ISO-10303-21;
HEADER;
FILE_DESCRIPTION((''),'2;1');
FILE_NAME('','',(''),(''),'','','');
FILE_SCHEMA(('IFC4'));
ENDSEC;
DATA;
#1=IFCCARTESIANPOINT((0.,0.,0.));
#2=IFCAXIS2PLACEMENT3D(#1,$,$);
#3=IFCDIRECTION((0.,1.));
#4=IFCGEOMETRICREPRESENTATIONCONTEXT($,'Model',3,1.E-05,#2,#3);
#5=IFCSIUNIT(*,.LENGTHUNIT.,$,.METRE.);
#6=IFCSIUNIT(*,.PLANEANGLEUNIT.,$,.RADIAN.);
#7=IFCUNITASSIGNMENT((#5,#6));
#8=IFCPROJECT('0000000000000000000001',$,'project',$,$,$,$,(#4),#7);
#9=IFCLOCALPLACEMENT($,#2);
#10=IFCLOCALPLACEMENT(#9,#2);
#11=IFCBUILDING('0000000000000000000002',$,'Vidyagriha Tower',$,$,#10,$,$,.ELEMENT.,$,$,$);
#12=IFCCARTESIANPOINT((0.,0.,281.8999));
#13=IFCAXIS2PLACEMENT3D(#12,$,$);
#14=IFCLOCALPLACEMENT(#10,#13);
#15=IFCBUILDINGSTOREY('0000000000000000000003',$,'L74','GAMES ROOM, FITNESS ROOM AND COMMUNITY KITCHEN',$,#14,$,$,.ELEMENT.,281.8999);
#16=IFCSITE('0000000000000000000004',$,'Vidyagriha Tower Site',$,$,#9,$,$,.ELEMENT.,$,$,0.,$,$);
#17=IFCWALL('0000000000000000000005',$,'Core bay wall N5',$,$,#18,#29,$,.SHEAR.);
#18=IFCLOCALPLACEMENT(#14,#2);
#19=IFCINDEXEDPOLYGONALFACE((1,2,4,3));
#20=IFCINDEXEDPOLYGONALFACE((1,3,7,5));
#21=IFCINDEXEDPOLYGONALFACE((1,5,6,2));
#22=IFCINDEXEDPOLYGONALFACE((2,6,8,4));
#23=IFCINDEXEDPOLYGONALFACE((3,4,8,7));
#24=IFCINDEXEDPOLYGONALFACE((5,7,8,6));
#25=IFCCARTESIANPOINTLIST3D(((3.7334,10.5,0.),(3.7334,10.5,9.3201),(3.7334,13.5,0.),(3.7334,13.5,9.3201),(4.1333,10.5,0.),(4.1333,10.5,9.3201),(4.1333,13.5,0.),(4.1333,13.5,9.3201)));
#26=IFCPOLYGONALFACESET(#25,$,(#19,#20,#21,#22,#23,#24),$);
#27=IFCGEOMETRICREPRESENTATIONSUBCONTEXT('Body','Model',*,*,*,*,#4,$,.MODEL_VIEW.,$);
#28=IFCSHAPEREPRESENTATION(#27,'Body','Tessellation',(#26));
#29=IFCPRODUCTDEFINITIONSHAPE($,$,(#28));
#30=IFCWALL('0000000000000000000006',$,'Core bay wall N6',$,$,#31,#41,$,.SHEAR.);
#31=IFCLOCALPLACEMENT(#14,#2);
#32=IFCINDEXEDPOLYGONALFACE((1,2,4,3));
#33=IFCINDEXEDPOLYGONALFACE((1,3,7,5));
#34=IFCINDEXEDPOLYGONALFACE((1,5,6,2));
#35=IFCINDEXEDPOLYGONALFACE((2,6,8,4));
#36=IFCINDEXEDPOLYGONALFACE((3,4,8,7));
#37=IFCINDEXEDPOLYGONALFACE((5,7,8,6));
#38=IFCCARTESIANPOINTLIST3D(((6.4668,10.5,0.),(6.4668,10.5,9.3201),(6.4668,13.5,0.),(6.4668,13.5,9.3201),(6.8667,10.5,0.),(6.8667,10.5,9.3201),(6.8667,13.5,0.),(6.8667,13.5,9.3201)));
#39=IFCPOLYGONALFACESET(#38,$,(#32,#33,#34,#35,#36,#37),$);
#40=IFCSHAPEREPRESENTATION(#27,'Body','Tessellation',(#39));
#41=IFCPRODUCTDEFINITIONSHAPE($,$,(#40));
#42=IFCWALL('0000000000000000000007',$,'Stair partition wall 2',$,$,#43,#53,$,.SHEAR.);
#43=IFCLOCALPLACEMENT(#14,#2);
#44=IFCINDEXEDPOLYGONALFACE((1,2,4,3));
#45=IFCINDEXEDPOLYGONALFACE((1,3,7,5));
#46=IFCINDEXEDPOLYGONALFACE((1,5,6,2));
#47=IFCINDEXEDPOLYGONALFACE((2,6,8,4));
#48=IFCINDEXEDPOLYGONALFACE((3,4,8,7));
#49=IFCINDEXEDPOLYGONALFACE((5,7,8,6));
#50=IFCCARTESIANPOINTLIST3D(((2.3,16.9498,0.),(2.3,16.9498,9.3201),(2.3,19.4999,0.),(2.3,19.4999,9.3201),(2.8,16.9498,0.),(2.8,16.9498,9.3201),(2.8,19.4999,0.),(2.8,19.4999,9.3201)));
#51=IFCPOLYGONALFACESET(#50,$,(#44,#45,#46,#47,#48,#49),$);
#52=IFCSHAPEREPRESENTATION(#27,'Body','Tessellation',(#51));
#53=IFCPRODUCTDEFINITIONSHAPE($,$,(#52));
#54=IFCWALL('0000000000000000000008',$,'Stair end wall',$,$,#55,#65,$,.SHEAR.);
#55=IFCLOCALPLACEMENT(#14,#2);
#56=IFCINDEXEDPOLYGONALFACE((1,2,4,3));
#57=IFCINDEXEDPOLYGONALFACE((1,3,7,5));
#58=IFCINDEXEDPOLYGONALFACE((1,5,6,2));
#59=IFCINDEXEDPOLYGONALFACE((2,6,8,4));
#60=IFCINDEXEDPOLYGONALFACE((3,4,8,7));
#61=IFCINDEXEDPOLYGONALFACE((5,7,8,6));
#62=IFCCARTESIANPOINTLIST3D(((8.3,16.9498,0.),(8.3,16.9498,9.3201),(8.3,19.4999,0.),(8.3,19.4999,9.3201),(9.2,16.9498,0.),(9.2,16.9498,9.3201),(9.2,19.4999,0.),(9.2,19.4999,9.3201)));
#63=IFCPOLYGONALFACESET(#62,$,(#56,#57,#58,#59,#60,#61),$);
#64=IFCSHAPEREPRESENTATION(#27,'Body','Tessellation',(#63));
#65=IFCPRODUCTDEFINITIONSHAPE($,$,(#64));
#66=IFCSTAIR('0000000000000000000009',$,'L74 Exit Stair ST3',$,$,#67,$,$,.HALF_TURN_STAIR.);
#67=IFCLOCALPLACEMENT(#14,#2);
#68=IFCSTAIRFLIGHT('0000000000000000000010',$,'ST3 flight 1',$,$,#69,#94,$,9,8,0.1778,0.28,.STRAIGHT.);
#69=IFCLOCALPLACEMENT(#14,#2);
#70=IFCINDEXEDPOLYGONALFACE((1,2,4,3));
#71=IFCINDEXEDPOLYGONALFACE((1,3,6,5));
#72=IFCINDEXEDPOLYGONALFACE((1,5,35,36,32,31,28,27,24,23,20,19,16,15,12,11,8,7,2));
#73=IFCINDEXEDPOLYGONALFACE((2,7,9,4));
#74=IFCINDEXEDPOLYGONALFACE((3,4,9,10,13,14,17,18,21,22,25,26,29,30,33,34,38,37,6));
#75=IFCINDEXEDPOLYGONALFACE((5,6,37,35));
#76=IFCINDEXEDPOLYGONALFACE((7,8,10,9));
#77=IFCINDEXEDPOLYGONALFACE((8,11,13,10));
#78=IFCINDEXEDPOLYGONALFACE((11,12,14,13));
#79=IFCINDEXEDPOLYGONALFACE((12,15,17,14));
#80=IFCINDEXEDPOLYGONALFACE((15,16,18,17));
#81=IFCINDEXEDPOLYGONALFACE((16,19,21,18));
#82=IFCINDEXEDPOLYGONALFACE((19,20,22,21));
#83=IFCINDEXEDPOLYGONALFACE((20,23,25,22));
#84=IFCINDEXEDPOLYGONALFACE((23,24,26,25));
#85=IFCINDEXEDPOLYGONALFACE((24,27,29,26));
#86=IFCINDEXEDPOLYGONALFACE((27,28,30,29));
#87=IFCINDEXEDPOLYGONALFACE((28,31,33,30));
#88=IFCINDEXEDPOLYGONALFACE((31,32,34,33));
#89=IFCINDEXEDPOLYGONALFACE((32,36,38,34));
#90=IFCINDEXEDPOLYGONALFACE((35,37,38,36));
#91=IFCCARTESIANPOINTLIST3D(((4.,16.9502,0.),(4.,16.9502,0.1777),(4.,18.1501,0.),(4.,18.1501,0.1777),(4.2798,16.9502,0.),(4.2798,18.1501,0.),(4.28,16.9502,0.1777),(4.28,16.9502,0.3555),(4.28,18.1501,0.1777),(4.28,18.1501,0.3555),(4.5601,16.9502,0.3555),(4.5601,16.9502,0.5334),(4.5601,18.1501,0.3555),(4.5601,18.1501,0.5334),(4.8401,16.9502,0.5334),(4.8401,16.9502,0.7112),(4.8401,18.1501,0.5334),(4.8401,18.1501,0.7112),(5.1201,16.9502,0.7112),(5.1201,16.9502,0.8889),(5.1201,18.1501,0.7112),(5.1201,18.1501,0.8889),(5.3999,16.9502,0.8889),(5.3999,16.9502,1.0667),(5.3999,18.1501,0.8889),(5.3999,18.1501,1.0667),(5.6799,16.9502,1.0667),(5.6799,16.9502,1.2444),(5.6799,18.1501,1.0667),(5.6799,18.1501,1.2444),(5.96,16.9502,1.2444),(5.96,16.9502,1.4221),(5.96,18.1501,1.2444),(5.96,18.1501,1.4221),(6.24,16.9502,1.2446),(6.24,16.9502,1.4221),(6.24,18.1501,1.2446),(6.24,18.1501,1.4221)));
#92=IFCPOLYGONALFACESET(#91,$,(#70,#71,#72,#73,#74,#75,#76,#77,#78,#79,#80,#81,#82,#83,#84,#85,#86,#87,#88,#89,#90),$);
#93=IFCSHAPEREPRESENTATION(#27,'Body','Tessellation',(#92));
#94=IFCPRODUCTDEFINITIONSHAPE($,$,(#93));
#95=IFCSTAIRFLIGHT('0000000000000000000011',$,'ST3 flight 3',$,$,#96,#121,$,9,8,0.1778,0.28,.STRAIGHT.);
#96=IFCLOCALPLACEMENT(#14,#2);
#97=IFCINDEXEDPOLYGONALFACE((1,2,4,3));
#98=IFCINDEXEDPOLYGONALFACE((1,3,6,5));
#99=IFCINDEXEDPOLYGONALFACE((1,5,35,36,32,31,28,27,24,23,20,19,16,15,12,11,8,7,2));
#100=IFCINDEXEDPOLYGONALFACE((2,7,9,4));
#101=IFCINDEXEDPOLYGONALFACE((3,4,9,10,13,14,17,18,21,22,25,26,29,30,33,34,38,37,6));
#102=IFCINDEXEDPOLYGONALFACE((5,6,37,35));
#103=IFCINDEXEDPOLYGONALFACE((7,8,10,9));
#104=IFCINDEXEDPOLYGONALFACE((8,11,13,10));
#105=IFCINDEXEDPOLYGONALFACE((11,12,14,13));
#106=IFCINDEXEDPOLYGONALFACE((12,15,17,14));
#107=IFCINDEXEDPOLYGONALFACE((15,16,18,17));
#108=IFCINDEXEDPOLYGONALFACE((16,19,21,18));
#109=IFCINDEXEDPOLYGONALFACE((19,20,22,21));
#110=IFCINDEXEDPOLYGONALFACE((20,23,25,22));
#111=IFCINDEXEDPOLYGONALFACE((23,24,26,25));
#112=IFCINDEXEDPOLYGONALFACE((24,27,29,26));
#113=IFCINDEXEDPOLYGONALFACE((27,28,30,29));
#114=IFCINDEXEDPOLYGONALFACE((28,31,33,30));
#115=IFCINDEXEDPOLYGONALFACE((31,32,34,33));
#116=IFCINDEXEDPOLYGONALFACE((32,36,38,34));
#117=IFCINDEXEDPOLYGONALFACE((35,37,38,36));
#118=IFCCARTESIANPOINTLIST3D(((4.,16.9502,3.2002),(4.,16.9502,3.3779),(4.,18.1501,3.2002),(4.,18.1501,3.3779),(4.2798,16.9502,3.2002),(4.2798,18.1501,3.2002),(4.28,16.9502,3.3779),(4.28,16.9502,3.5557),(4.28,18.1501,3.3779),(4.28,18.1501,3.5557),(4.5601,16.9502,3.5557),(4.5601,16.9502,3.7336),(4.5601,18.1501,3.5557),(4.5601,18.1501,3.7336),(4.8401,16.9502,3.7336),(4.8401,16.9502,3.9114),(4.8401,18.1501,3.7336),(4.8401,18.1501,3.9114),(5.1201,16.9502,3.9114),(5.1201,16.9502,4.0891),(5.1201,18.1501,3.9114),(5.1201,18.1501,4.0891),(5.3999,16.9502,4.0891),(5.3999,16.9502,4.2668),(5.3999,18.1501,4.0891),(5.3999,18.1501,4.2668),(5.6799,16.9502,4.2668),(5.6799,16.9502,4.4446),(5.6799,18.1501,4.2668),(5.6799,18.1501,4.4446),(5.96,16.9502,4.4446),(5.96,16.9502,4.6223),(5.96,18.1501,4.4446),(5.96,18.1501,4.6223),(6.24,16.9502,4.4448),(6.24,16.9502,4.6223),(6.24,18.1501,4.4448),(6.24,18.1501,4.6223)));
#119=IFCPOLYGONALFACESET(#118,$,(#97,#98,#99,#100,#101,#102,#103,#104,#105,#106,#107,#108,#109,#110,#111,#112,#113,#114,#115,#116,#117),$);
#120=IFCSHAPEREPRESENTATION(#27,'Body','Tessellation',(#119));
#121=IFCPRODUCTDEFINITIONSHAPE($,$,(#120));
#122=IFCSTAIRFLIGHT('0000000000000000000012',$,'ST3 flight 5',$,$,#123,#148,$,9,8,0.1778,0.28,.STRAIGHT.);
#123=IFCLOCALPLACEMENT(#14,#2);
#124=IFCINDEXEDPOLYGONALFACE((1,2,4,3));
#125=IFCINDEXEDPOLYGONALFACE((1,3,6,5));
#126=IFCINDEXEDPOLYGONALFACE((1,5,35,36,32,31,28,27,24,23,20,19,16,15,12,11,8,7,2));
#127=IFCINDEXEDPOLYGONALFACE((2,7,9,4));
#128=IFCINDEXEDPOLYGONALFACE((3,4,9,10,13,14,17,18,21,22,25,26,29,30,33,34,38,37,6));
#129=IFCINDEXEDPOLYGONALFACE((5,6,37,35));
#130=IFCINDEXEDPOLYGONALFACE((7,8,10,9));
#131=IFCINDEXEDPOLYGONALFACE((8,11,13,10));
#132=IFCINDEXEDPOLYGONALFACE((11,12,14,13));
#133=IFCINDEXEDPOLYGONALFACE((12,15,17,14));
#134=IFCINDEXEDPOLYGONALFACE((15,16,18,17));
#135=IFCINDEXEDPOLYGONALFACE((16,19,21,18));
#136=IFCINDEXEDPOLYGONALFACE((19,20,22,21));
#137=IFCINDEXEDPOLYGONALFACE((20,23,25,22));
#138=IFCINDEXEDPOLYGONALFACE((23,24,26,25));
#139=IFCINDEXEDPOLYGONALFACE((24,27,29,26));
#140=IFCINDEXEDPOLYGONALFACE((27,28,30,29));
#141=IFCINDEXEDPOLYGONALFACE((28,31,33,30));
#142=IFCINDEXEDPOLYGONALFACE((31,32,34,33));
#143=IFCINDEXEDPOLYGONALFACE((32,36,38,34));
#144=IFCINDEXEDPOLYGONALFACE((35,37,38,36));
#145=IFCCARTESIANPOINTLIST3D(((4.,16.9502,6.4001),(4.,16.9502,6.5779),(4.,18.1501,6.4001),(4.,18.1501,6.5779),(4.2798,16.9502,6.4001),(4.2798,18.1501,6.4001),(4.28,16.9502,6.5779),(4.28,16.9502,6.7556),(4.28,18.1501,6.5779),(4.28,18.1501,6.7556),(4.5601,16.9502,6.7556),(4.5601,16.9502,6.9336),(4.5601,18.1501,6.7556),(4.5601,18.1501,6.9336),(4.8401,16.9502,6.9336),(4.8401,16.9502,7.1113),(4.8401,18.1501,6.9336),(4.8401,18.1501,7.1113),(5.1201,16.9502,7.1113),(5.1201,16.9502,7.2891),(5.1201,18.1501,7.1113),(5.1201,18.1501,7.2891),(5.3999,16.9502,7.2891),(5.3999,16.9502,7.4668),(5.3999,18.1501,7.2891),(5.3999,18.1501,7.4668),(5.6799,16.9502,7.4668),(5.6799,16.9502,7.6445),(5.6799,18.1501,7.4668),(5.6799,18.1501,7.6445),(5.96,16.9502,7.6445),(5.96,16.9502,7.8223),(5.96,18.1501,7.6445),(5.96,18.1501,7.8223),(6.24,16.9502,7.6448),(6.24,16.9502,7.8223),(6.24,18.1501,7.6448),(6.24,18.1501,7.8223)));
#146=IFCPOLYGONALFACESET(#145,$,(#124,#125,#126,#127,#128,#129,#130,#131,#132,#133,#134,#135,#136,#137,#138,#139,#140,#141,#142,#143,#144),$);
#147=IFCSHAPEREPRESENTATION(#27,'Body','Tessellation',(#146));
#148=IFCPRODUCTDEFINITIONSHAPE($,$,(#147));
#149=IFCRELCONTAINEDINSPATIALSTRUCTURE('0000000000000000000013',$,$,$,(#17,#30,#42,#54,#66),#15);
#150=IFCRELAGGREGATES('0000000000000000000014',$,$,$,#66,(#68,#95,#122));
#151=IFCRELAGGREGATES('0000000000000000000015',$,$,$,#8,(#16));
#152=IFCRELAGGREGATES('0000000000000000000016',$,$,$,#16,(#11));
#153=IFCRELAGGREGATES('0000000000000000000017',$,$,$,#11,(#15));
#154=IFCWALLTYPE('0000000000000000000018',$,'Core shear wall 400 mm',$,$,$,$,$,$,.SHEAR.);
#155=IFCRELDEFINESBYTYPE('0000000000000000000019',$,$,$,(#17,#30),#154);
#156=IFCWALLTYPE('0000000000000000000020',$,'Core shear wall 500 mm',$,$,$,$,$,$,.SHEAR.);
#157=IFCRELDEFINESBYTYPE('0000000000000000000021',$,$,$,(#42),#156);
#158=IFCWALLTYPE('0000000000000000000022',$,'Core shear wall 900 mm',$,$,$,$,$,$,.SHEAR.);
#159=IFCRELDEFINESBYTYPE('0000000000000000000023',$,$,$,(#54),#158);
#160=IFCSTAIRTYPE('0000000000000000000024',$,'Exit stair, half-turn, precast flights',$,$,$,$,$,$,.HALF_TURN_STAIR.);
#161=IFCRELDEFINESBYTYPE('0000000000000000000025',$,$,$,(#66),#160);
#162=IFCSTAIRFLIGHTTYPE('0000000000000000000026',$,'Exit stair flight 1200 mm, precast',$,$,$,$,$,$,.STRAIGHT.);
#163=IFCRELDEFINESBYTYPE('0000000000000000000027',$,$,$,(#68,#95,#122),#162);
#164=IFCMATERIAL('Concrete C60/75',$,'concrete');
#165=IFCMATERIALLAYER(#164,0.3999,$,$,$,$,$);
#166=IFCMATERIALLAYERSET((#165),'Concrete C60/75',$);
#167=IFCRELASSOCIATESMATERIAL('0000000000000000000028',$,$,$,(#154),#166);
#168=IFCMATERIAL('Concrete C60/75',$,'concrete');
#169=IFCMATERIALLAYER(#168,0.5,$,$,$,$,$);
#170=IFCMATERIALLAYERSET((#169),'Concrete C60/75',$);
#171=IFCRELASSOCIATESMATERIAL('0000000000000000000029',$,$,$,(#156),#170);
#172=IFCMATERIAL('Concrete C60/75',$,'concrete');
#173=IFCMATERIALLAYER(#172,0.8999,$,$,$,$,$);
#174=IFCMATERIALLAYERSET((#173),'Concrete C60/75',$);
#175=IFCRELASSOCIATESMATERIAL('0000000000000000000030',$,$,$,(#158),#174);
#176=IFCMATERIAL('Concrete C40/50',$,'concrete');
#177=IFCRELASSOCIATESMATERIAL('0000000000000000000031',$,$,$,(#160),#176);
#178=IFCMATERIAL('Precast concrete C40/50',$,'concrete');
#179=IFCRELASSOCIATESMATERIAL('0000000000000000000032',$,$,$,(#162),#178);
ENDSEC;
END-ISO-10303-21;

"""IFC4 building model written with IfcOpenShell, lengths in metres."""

from ifc_helpers import new_model, si_unit, direction, frame, frame_2d, origin, place, context, subcontext, project, spatial, polyline, rectangle, outline, extrude, material, layer, layer_set, type_object, element, aggregate, save


model = new_model("IFC4")

# Units and contexts
model_context = context("Model", 3, precision=1e-05, world=origin(), true_north=direction((0.0, 1.0)))
body_context = subcontext(model_context, "Body", "Model", "MODEL_VIEW")
ifc_project = project(units=[si_unit("LENGTHUNIT", "METRE"), si_unit("PLANEANGLEUNIT", "RADIAN")], contexts=[model_context])

# Site, building, storey
site_placement = place(None, origin())
site = spatial("IfcSite", under=ifc_project, at=site_placement, Name="Vidyagriha Tower Site", CompositionType="ELEMENT", RefElevation=0.0)
building_placement = place(site_placement, origin())
building = spatial("IfcBuilding", under=site, at=building_placement, Name="Vidyagriha Tower", CompositionType="ELEMENT")
storey_placement = place(building_placement, frame((0.0, 0.0, 281.8999)))
storey = spatial("IfcBuildingStorey", under=building, at=storey_placement, Name="L74", Description="GAMES ROOM, FITNESS ROOM AND COMMUNITY KITCHEN", CompositionType="ELEMENT", Elevation=281.8999)

# Shared definitions
ifc_material_1 = material(Name="Concrete C60/75", Category="concrete")
ifc_layer_1 = layer(ifc_material_1, 0.3999)
ifc_layer_set_1 = layer_set([ifc_layer_1], Name="Concrete C60/75")
wall_type_1 = type_object("IfcWallType", Name="Core shear wall 400 mm", PredefinedType="SHEAR", material=ifc_layer_set_1)

# Walls
for number, where, z_axis, x_axis, name in (
    (1, (3.9333, 10.5, 0.0), (0.0, 0.0, 1.0), (0.0, 1.0, 0.0), "Core bay wall N5"),
    (2, (6.6667, 10.5, 0.0), (0.0, 0.0, 1.0), (0.0, 1.0, 0.0), "Core bay wall N6"),
):
    element("IfcWall", number, at=place(storey_placement, frame(where, z_axis=z_axis, x_axis=x_axis)), inside=storey, type_object=wall_type_1, Name=name, PredefinedType="SHEAR", context=body_context, shape_type="SweptSolid", body=[
        extrude(rectangle(XDim=3.0, YDim=0.3999, at=frame_2d((1.5, 0.0))), origin(), (0.0, 0.0, 1.0), 9.3201),
    ])
ifc_material_2 = material(Name="Concrete C60/75", Category="concrete")
ifc_layer_2 = layer(ifc_material_2, 0.5)
ifc_layer_set_2 = layer_set([ifc_layer_2], Name="Concrete C60/75")
wall_type_2 = type_object("IfcWallType", Name="Core shear wall 500 mm", PredefinedType="SHEAR", material=ifc_layer_set_2)
wall_1_placement = place(storey_placement, frame((2.55, 16.95, 0.0), z_axis=(0.0, 0.0, 1.0), x_axis=(0.0, 1.0, 0.0)))
element("IfcWall", 3, at=wall_1_placement, inside=storey, type_object=wall_type_2, Name="Stair partition wall 2", PredefinedType="SHEAR", context=body_context, shape_type="SweptSolid", body=[
    extrude(rectangle(XDim=2.55, YDim=0.5, at=frame_2d((1.2749, 0.0))), origin(), (0.0, 0.0, 1.0), 9.3201),
])
ifc_material_3 = material(Name="Concrete C60/75", Category="concrete")
ifc_layer_3 = layer(ifc_material_3, 0.8999)
ifc_layer_set_3 = layer_set([ifc_layer_3], Name="Concrete C60/75")
wall_type_3 = type_object("IfcWallType", Name="Core shear wall 900 mm", PredefinedType="SHEAR", material=ifc_layer_set_3)
wall_2_placement = place(storey_placement, frame((8.75, 16.95, 0.0), z_axis=(0.0, 0.0, 1.0), x_axis=(0.0, 1.0, 0.0)))
element("IfcWall", 4, at=wall_2_placement, inside=storey, type_object=wall_type_3, Name="Stair end wall", PredefinedType="SHEAR", context=body_context, shape_type="SweptSolid", body=[
    extrude(rectangle(XDim=2.55, YDim=0.8999, at=frame_2d((1.2749, 0.0))), origin(), (0.0, 0.0, 1.0), 9.3201),
])

# Stair, stair flights
ifc_material_4 = material(Name="Concrete C40/50", Category="concrete")
stair_type = type_object("IfcStairType", Name="Exit stair, half-turn, precast flights", PredefinedType="HALF_TURN_STAIR", material=ifc_material_4)
stair_placement = place(storey_placement, origin())
stair = element("IfcStair", 5, at=stair_placement, inside=storey, type_object=stair_type, Name="L74 Exit Stair ST3", PredefinedType="HALF_TURN_STAIR")
ifc_material_5 = material(Name="Precast concrete C40/50", Category="concrete")
stair_flight_type = type_object("IfcStairFlightType", Name="Exit stair flight 1200 mm, precast", PredefinedType="STRAIGHT", material=ifc_material_5)
stair_flight_1_placement = place(storey_placement, frame((4.0, 17.55, 0.0)))
stair_flight_1 = element("IfcStairFlight", 6, at=stair_flight_1_placement, type_object=stair_flight_type, Name="ST3 flight 1", NumberOfRisers=9, NumberOfTreads=8, PredefinedType="STRAIGHT", RiserHeight=0.1778, TreadLength=0.28, context=body_context, shape_type="SweptSolid", body=[
    extrude(outline(polyline([(0.0, 0.0), (0.0, 0.1777), (0.28, 0.1777), (0.28, 0.3555), (0.5601, 0.3555), (0.5601, 0.5334), (0.8401, 0.5334), (0.8401, 0.7112), (1.1201, 0.7112), (1.1201, 0.8889), (1.3999, 0.8889), (1.3999, 1.0667), (1.6799, 1.0667), (1.6799, 1.2444), (1.96, 1.2444), (1.96, 1.4221), (2.24, 1.4221), (2.24, 1.6001), (2.24, 1.2446), (0.2798, 0.0), (0.0, 0.0)])), frame((0.0, 0.6001, 0.0), z_axis=(0.0, -1.0, 0.0), x_axis=(1.0, 0.0, 0.0)), (0.0, 0.0, 1.0), 1.2),
])
stair_flight_2_placement = place(storey_placement, frame((4.0, 17.55, 3.2002)))
stair_flight_2 = element("IfcStairFlight", 7, at=stair_flight_2_placement, type_object=stair_flight_type, Name="ST3 flight 3", NumberOfRisers=9, NumberOfTreads=8, PredefinedType="STRAIGHT", RiserHeight=0.1778, TreadLength=0.28, context=body_context, shape_type="SweptSolid", body=[
    extrude(outline(polyline([(0.0, 0.0), (0.0, 0.1777), (0.28, 0.1777), (0.28, 0.3555), (0.5601, 0.3555), (0.5601, 0.5334), (0.8401, 0.5334), (0.8401, 0.7112), (1.1201, 0.7112), (1.1201, 0.8889), (1.3999, 0.8889), (1.3999, 1.0667), (1.6799, 1.0667), (1.6799, 1.2444), (1.96, 1.2444), (1.96, 1.4221), (2.24, 1.4221), (2.24, 1.6001), (2.24, 1.2446), (0.2798, 0.0), (0.0, 0.0)])), frame((0.0, 0.6001, 0.0), z_axis=(0.0, -1.0, 0.0), x_axis=(1.0, 0.0, 0.0)), (0.0, 0.0, 1.0), 1.2),
])
stair_flight_3_placement = place(storey_placement, frame((4.0, 17.55, 6.4001)))
stair_flight_3 = element("IfcStairFlight", 8, at=stair_flight_3_placement, type_object=stair_flight_type, Name="ST3 flight 5", NumberOfRisers=9, NumberOfTreads=8, PredefinedType="STRAIGHT", RiserHeight=0.1778, TreadLength=0.28, context=body_context, shape_type="SweptSolid", body=[
    extrude(outline(polyline([(0.0, 0.0), (0.0, 0.1777), (0.28, 0.1777), (0.28, 0.3555), (0.5601, 0.3555), (0.5601, 0.5334), (0.8401, 0.5334), (0.8401, 0.7112), (1.1201, 0.7112), (1.1201, 0.8889), (1.3999, 0.8889), (1.3999, 1.0667), (1.6799, 1.0667), (1.6799, 1.2444), (1.96, 1.2444), (1.96, 1.4221), (2.24, 1.4221), (2.24, 1.6001), (2.24, 1.2446), (0.2798, 0.0), (0.0, 0.0)])), frame((0.0, 0.6001, 0.0), z_axis=(0.0, -1.0, 0.0), x_axis=(1.0, 0.0, 0.0)), (0.0, 0.0, 1.0), 1.2),
])
aggregate(stair, [stair_flight_1, stair_flight_2, stair_flight_3])

save(model, "model.ifc")
